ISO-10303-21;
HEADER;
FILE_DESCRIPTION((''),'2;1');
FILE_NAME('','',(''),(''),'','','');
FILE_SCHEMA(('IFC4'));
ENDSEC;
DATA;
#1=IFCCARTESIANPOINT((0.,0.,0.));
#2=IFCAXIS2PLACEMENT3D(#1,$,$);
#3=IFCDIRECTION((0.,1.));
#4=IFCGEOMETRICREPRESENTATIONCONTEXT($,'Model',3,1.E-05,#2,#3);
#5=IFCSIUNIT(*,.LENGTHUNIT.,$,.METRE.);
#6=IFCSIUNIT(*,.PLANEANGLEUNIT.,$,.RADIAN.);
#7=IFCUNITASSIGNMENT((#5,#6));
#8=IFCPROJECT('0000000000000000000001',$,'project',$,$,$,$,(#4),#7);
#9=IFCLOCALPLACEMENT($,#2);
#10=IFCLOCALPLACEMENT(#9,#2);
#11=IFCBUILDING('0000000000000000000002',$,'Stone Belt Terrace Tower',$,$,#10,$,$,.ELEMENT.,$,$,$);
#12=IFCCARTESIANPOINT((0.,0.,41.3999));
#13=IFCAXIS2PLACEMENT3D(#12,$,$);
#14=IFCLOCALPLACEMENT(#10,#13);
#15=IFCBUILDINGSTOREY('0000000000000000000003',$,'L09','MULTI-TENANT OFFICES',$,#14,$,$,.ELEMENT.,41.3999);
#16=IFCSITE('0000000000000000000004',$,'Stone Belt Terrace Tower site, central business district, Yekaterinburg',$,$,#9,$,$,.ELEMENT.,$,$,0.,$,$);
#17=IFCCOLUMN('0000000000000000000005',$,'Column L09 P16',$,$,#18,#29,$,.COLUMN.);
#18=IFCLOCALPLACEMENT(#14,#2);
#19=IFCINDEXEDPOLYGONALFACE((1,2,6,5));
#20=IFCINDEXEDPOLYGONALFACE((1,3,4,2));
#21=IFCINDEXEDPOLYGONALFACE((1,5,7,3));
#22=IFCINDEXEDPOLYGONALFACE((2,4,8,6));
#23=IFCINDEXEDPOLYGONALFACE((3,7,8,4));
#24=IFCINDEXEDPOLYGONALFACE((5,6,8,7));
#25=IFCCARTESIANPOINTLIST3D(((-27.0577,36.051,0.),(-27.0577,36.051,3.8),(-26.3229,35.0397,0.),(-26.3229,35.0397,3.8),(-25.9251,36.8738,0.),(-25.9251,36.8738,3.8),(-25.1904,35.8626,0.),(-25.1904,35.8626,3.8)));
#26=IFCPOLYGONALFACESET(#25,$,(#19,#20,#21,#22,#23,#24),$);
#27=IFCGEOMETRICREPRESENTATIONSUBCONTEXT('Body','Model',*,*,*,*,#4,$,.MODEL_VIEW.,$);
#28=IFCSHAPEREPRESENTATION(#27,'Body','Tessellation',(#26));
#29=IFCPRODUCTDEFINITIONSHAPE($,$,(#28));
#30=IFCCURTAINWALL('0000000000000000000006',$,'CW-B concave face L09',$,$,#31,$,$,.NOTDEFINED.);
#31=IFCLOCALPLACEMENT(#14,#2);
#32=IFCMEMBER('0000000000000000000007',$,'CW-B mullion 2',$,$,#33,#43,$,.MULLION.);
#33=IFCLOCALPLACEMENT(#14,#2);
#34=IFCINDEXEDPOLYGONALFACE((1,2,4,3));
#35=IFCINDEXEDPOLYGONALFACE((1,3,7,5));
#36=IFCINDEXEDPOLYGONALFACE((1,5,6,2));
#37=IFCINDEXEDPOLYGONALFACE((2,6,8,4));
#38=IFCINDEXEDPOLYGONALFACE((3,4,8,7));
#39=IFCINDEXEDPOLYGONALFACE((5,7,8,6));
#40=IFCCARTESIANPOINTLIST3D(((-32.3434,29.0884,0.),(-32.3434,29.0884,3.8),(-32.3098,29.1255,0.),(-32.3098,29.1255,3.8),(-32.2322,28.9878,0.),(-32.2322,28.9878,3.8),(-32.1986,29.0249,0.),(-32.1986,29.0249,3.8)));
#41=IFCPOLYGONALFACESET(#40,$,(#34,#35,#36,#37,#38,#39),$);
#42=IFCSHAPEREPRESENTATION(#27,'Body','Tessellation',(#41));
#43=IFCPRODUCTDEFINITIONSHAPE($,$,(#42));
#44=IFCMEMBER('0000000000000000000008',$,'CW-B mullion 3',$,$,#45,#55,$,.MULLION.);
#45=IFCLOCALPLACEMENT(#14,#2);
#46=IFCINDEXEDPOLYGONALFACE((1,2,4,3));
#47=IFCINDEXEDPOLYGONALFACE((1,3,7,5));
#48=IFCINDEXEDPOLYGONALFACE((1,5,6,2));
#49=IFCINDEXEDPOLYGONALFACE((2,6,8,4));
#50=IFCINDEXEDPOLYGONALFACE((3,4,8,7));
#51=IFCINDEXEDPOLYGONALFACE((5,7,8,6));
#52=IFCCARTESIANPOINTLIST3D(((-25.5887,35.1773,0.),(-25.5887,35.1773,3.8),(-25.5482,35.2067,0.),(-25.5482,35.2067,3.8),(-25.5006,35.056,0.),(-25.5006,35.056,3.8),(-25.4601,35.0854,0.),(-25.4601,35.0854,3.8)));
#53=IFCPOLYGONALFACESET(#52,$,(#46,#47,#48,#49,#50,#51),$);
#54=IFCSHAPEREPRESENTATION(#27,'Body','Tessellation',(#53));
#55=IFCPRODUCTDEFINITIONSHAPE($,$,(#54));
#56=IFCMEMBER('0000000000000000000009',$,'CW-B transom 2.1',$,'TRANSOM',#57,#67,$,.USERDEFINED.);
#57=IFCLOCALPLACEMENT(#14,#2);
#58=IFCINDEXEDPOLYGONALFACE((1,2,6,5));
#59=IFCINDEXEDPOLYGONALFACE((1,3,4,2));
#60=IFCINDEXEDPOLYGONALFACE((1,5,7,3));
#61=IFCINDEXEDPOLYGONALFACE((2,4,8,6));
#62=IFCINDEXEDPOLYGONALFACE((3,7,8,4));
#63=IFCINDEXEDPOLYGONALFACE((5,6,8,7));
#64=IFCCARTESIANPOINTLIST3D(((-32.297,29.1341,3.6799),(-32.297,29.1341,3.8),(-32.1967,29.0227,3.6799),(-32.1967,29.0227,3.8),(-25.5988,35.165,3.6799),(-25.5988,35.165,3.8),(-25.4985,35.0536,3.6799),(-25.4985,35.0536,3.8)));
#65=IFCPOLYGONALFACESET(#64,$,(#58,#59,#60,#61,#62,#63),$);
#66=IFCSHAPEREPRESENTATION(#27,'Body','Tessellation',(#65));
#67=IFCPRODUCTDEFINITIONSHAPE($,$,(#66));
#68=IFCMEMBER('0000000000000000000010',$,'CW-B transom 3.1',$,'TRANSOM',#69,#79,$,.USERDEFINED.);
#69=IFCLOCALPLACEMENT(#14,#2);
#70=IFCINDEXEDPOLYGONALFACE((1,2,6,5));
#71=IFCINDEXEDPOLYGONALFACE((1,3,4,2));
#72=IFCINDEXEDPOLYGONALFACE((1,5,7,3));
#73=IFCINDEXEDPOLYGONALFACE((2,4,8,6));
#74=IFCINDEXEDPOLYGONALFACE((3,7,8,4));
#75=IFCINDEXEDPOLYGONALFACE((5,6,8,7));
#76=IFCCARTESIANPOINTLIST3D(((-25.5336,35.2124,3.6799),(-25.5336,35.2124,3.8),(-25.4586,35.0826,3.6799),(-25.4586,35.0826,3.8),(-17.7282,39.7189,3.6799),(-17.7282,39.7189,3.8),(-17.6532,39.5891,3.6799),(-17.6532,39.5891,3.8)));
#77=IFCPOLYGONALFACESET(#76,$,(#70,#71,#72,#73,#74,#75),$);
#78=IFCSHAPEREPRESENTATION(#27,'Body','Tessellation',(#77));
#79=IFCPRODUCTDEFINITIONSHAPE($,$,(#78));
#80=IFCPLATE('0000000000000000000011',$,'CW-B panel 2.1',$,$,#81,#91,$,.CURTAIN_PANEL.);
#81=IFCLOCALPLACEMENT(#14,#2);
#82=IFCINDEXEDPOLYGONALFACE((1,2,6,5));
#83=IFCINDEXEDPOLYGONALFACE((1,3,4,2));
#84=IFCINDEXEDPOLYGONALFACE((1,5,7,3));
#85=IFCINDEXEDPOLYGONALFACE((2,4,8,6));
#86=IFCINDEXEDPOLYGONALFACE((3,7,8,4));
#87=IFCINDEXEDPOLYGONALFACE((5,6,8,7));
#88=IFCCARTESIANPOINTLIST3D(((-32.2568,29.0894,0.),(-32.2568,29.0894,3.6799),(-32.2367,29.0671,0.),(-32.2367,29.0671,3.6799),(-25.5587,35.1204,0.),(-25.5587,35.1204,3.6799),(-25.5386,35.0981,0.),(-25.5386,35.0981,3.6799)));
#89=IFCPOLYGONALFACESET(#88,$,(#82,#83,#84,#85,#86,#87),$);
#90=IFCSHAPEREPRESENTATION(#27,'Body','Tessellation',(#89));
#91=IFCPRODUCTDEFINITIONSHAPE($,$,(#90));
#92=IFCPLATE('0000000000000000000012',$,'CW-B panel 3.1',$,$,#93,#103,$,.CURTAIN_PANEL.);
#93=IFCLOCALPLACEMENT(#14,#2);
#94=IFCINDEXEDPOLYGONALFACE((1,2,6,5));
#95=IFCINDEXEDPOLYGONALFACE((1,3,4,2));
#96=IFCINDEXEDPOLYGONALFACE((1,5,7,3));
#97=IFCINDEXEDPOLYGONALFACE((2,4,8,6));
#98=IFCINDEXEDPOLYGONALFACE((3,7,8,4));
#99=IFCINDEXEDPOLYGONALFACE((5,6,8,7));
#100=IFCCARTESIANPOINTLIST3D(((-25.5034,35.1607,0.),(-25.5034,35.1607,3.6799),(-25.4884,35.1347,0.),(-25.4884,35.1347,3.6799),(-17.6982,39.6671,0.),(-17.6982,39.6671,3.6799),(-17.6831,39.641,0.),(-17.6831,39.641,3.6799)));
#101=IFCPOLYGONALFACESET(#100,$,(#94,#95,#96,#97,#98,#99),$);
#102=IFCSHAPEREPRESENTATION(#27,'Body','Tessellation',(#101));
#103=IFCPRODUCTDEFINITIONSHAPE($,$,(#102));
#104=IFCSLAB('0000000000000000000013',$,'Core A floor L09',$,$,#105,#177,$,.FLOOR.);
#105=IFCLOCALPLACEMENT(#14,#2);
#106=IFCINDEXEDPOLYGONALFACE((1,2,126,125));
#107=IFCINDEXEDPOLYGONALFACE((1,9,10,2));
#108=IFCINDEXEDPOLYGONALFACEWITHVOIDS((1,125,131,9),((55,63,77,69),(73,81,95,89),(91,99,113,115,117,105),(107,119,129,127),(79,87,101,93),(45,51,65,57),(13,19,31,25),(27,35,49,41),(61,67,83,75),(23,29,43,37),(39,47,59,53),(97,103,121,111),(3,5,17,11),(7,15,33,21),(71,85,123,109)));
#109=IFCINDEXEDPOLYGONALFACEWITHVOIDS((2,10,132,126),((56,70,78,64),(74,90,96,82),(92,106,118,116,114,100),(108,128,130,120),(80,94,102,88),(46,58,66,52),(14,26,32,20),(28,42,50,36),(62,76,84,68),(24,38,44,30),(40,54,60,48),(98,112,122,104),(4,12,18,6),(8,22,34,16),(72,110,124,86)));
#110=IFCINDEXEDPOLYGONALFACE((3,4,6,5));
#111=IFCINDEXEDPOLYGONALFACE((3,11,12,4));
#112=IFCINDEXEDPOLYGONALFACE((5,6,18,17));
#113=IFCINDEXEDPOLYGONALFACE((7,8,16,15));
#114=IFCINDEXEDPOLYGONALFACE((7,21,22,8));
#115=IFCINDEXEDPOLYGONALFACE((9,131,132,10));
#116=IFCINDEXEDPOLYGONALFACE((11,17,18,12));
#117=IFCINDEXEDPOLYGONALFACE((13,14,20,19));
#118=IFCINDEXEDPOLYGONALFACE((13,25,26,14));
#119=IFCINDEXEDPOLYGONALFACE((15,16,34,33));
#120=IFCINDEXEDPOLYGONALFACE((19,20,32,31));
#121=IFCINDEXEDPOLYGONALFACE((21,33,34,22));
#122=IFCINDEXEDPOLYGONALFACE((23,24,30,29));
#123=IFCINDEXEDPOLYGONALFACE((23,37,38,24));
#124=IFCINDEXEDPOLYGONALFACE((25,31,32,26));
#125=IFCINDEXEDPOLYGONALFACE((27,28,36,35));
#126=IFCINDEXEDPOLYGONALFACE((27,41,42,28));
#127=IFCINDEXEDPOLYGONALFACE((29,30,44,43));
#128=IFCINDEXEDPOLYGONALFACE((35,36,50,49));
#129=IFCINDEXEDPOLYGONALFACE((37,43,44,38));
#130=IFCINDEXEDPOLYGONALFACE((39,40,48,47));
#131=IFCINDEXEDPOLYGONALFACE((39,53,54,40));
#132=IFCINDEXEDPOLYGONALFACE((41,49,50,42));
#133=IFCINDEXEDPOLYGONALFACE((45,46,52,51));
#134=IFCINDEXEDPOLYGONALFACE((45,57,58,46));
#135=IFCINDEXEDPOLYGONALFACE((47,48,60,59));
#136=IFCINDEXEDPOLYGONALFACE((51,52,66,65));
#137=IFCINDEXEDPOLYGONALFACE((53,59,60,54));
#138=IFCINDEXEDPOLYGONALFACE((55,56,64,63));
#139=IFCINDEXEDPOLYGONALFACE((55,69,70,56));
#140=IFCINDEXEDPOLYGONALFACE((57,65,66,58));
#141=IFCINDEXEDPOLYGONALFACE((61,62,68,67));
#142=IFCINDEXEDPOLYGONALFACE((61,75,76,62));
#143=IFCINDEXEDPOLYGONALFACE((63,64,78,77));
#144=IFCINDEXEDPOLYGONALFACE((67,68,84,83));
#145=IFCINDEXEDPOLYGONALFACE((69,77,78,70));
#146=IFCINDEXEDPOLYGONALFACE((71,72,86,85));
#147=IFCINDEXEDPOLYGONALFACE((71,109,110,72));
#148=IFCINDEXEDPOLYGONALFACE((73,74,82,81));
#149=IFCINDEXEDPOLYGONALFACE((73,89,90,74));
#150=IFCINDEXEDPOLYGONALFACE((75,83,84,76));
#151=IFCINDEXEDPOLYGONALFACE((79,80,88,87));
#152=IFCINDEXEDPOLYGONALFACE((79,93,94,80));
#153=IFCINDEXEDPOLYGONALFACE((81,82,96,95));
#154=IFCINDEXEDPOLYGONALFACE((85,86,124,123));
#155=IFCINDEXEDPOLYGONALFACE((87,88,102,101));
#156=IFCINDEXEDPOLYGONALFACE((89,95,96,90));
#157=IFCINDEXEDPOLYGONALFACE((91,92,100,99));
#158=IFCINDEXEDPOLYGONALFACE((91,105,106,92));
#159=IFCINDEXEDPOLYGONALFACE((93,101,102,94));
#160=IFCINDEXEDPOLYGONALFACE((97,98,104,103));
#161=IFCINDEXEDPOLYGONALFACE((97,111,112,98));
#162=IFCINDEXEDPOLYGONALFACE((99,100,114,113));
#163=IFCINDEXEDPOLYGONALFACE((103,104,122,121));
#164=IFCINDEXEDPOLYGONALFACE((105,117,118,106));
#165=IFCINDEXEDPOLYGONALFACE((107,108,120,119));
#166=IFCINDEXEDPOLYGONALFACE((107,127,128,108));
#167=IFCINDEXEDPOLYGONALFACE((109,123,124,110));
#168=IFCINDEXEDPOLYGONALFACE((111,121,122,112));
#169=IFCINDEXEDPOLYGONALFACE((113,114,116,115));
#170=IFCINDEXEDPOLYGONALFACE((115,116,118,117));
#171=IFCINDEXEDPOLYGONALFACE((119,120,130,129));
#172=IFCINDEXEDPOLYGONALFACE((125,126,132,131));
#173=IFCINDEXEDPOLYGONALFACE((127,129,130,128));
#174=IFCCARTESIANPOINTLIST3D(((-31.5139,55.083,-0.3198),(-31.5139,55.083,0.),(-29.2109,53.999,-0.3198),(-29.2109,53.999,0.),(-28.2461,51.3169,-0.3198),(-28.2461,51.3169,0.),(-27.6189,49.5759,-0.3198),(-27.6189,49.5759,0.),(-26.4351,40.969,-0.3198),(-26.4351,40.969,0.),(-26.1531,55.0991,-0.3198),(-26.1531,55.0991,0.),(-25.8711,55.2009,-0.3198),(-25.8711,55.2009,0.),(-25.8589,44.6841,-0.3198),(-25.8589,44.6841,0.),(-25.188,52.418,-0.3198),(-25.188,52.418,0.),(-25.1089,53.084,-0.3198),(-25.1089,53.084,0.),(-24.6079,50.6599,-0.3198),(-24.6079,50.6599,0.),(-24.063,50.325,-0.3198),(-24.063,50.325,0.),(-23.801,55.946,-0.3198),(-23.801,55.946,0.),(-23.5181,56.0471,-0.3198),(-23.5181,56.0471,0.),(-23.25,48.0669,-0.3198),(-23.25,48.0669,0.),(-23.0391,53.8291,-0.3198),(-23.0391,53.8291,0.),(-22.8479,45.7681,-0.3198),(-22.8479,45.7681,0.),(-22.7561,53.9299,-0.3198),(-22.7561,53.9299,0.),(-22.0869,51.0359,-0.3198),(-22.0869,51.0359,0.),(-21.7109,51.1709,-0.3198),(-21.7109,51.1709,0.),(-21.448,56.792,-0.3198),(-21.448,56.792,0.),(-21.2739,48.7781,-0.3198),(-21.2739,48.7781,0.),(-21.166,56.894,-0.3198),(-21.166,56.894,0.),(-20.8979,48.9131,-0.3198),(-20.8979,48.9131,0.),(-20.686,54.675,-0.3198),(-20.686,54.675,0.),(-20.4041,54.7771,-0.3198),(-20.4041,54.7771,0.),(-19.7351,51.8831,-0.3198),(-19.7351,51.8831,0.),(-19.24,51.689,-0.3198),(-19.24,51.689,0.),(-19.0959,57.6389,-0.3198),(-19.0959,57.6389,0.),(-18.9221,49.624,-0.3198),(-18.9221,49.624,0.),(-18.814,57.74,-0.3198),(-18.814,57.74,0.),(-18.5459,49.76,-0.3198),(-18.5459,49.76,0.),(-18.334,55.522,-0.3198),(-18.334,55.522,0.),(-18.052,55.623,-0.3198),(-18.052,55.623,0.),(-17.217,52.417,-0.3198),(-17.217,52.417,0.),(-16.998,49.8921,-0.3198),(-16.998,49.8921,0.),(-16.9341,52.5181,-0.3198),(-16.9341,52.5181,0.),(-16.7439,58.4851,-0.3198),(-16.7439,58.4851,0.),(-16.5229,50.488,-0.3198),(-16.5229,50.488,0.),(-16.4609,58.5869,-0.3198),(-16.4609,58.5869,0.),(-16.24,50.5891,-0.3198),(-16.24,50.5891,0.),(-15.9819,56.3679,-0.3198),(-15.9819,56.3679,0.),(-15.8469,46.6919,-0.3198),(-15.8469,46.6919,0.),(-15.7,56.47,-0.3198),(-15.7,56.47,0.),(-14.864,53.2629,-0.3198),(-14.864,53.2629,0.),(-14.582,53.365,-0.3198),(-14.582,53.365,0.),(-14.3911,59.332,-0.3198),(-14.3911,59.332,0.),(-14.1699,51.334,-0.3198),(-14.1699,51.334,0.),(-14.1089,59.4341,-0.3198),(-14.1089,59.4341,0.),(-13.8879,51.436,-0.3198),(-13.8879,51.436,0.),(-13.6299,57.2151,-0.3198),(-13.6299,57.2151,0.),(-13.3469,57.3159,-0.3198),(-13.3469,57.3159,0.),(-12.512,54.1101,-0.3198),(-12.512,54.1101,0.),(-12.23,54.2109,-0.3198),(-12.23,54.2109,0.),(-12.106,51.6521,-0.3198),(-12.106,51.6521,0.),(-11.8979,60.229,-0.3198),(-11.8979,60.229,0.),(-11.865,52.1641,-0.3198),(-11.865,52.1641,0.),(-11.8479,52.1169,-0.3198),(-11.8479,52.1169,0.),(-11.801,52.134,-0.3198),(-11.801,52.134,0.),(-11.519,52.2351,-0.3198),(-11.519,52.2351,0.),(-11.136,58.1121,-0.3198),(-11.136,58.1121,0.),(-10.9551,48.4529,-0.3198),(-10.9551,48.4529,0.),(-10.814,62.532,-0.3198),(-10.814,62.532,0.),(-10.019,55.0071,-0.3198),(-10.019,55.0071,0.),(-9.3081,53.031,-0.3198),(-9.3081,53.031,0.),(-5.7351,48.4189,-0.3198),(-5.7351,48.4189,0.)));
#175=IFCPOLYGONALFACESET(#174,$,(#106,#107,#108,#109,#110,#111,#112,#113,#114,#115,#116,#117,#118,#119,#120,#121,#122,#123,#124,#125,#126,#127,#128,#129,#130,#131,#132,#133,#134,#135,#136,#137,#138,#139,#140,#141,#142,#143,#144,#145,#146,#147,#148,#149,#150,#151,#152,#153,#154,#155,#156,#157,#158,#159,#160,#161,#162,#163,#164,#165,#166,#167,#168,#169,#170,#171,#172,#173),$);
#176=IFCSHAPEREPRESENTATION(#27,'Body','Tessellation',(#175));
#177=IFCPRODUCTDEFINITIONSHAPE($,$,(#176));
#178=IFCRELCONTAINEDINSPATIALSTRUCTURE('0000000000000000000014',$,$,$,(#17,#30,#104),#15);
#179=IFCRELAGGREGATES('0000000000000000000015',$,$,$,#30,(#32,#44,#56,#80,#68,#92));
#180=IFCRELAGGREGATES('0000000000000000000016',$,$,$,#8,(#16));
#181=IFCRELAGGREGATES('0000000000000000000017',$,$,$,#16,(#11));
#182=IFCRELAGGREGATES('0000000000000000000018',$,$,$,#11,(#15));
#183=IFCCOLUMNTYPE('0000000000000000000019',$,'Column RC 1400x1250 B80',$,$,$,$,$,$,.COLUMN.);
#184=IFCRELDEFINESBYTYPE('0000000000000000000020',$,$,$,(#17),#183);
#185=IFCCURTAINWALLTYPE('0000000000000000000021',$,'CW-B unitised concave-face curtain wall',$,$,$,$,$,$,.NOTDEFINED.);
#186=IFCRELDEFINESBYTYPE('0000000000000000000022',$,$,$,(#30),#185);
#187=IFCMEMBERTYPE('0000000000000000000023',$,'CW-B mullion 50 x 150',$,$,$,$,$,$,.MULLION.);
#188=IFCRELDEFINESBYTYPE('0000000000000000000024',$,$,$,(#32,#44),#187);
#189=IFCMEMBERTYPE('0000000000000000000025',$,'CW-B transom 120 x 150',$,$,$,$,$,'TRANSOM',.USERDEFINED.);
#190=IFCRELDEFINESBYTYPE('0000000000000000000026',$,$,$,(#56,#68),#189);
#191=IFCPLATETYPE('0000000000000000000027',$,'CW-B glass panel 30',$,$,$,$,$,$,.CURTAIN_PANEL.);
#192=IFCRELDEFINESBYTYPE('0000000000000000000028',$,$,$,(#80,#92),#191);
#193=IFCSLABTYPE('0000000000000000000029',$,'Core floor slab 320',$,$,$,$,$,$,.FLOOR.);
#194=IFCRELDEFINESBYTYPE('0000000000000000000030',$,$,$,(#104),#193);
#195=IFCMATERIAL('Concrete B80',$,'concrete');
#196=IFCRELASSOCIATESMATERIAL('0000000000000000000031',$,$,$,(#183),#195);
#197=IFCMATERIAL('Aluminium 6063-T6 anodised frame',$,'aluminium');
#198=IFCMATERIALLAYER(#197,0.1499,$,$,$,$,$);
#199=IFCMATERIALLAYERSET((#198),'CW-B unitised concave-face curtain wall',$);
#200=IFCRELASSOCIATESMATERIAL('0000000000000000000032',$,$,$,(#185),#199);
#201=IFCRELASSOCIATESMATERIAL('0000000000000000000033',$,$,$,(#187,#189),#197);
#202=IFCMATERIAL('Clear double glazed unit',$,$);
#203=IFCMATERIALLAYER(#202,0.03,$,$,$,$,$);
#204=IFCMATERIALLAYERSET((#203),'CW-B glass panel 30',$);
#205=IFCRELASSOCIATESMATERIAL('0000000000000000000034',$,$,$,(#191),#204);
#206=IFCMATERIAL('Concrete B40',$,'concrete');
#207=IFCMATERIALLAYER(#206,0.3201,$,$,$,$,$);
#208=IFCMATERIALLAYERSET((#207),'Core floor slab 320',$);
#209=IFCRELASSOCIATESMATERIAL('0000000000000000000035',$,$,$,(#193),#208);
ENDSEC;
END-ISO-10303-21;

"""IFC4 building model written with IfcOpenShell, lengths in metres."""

from ifc_helpers import new_model, si_unit, direction, frame, origin, origin_2d, place, context, subcontext, project, spatial, polyline, rectangle, outline, extrude, material, layer, layer_set, material_profile, profile_set, type_object, element, aggregate, save


model = new_model("IFC4")

# Units and contexts
model_context = context("Model", 3, precision=1e-05, world=origin(), true_north=direction((0.0, 1.0)))
body_context = subcontext(model_context, "Body", "Model", "MODEL_VIEW")
ifc_project = project(units=[si_unit("LENGTHUNIT", "METRE"), si_unit("PLANEANGLEUNIT", "RADIAN")], contexts=[model_context])

# Site, building, storey
site_placement = place(None, origin())
site = spatial("IfcSite", under=ifc_project, at=site_placement, Name="Stone Belt Terrace Tower site, central business district, Yekaterinburg", CompositionType="ELEMENT", RefElevation=0.0)
building_placement = place(site_placement, origin())
building = spatial("IfcBuilding", under=site, at=building_placement, Name="Stone Belt Terrace Tower", CompositionType="ELEMENT")
storey_placement = place(building_placement, frame((0.0, 0.0, 41.3999)))
storey = spatial("IfcBuildingStorey", under=building, at=storey_placement, Name="L09", Description="MULTI-TENANT OFFICES", CompositionType="ELEMENT", Elevation=41.3999)

# Column
ifc_material_1 = material(Name="Concrete B80", Category="concrete")
ifc_material_profile_1 = material_profile(ifc_material_1, rectangle(XDim=1.3999, YDim=1.25, at=origin_2d()), Name="RC 1400x1250")
ifc_profile_set_1 = profile_set([ifc_material_profile_1], Name="Concrete B80")
column_type = type_object("IfcColumnType", Name="Column RC 1400x1250 B80", PredefinedType="COLUMN", material=ifc_profile_set_1)
column_placement = place(storey_placement, frame((-26.124, 35.9568, 0.0), z_axis=(0.0, 0.0, 1.0), x_axis=(0.809017, 0.587785, 0.0)))
element("IfcColumn", 1, at=column_placement, inside=storey, type_object=column_type, Name="Column L09 P16", PredefinedType="COLUMN", context=body_context, shape_type="SweptSolid", body=[
    extrude(rectangle(XDim=1.3999, YDim=1.25, at=origin_2d()), origin(), (0.0, 0.0, 1.0), 3.8),
])

# Curtain wall, members, plates
ifc_material_2 = material(Name="Aluminium 6063-T6 anodised frame", Category="aluminium")
ifc_layer_1 = layer(ifc_material_2, 0.1499)
ifc_layer_set_1 = layer_set([ifc_layer_1], Name="CW-B unitised concave-face curtain wall")
curtain_wall_type = type_object("IfcCurtainWallType", Name="CW-B unitised concave-face curtain wall", PredefinedType="NOTDEFINED", material=ifc_layer_set_1)
curtain_wall_placement = place(storey_placement, origin())
curtain_wall = element("IfcCurtainWall", 2, at=curtain_wall_placement, inside=storey, type_object=curtain_wall_type, Name="CW-B concave face L09", PredefinedType="NOTDEFINED")
ifc_material_profile_2 = material_profile(ifc_material_2, rectangle(XDim=0.1499, YDim=0.05, at=origin_2d()), Name="Aluminium 6063-T6 50x150")
ifc_profile_set_2 = profile_set([ifc_material_profile_2], Name="Aluminium 6063-T6 anodised frame")
member_type_1 = type_object("IfcMemberType", Name="CW-B mullion 50 x 150", PredefinedType="MULLION", material=ifc_profile_set_2)
member_1_placement = place(storey_placement, frame((-32.271, 29.0566, 0.0), z_axis=(0.0, 0.0, 1.0), x_axis=(-0.74133, 0.671141, 0.0)))
member_1 = element("IfcMember", 3, at=member_1_placement, type_object=member_type_1, Name="CW-B mullion 2", PredefinedType="MULLION", context=body_context, shape_type="SweptSolid", body=[
    extrude(rectangle(XDim=0.1499, YDim=0.05, at=origin_2d()), origin(), (0.0, 0.0, 1.0), 3.8),
])
member_2_placement = place(storey_placement, frame((-25.5244, 35.1313, 0.0), z_axis=(0.0, 0.0, 1.0), x_axis=(-0.587785, 0.809017, 0.0)))
member_2 = element("IfcMember", 4, at=member_2_placement, type_object=member_type_1, Name="CW-B mullion 3", PredefinedType="MULLION", context=body_context, shape_type="SweptSolid", body=[
    extrude(rectangle(XDim=0.1499, YDim=0.05, at=origin_2d()), origin(), (0.0, 0.0, 1.0), 3.8),
])
ifc_material_profile_3 = material_profile(ifc_material_2, rectangle(XDim=0.1499, YDim=0.1201, at=origin_2d()), Name="Aluminium 6063-T6 150x120")
ifc_profile_set_3 = profile_set([ifc_material_profile_3], Name="Aluminium 6063-T6 anodised frame")
member_type_2 = type_object("IfcMemberType", Name="CW-B transom 120 x 150", ElementType="TRANSOM", PredefinedType="USERDEFINED", material=ifc_profile_set_3)
member_3_placement = place(storey_placement, frame((-32.2468, 29.0784, 3.74), z_axis=(0.743151, 0.669123, 0.0), x_axis=(-0.669123, 0.743151, 0.0)))
member_3 = element("IfcMember", 5, at=member_3_placement, type_object=member_type_2, Name="CW-B transom 2.1", ObjectType="TRANSOM", PredefinedType="USERDEFINED", context=body_context, shape_type="SweptSolid", body=[
    extrude(rectangle(XDim=0.1499, YDim=0.1201, at=origin_2d()), origin(), (0.0, 0.0, 1.0), 9.0132),
])
member_4_placement = place(storey_placement, frame((-25.4961, 35.1475, 3.74), z_axis=(0.866019, 0.500011, 0.0), x_axis=(-0.500011, 0.866019, 0.0)))
member_4 = element("IfcMember", 6, at=member_4_placement, type_object=member_type_2, Name="CW-B transom 3.1", ObjectType="TRANSOM", PredefinedType="USERDEFINED", context=body_context, shape_type="SweptSolid", body=[
    extrude(rectangle(XDim=0.1499, YDim=0.1201, at=origin_2d()), origin(), (0.0, 0.0, 1.0), 9.0129),
])
ifc_material_3 = material(Name="Clear double glazed unit")
ifc_layer_2 = layer(ifc_material_3, 0.03)
ifc_layer_set_2 = layer_set([ifc_layer_2], Name="CW-B glass panel 30")
plate_type = type_object("IfcPlateType", Name="CW-B glass panel 30", PredefinedType="CURTAIN_PANEL", material=ifc_layer_set_2)
plate_1_placement = place(storey_placement, frame((-28.8977, 32.0938, 0.0), z_axis=(0.0, 0.0, 1.0), x_axis=(0.743145, 0.669131, 0.0)))
plate_1 = element("IfcPlate", 7, at=plate_1_placement, type_object=plate_type, Name="CW-B panel 2.1", PredefinedType="CURTAIN_PANEL", context=body_context, shape_type="SweptSolid", body=[
    extrude(rectangle(XDim=9.0132, YDim=0.03, at=origin_2d()), origin(), (0.0, 0.0, 1.0), 3.6799),
])
plate_2_placement = place(storey_placement, frame((-21.5933, 37.4009, 0.0), z_axis=(0.0, 0.0, 1.0), x_axis=(0.866025, 0.5, 0.0)))
plate_2 = element("IfcPlate", 8, at=plate_2_placement, type_object=plate_type, Name="CW-B panel 3.1", PredefinedType="CURTAIN_PANEL", context=body_context, shape_type="SweptSolid", body=[
    extrude(rectangle(XDim=9.0127, YDim=0.03, at=origin_2d()), origin(), (0.0, 0.0, 1.0), 3.6799),
])
aggregate(curtain_wall, [member_1, member_2, member_3, plate_1, member_4, plate_2])

# Slab
ifc_material_4 = material(Name="Concrete B40", Category="concrete")
ifc_layer_3 = layer(ifc_material_4, 0.3201)
ifc_layer_set_3 = layer_set([ifc_layer_3], Name="Core floor slab 320")
slab_type_1 = type_object("IfcSlabType", Name="Core floor slab 320", PredefinedType="FLOOR", material=ifc_layer_set_3)
slab_1_placement = place(storey_placement, frame((0.0, 0.0, -0.3198)))
element("IfcSlab", 9, at=slab_1_placement, inside=storey, type_object=slab_type_1, Name="Core A floor L09", PredefinedType="FLOOR", context=body_context, shape_type="SweptSolid", body=[
    extrude(outline(polyline([(-26.4351, 40.969), (-5.7351, 48.4189), (-10.814, 62.532), (-31.5139, 55.083), (-26.4351, 40.969)]), holes=[polyline([(-24.6079, 50.6599), (-22.8479, 45.7681), (-25.8589, 44.6841), (-27.6189, 49.5759), (-24.6079, 50.6599)]), polyline([(-21.2739, 48.7781), (-23.25, 48.0669), (-24.063, 50.325), (-22.0869, 51.0359), (-21.2739, 48.7781)]), polyline([(-18.9221, 49.624), (-20.8979, 48.9131), (-21.7109, 51.1709), (-19.7351, 51.8831), (-18.9221, 49.624)]), polyline([(-19.24, 51.689), (-17.217, 52.417), (-16.5229, 50.488), (-18.5459, 49.76), (-19.24, 51.689)]), polyline([(-29.2109, 53.999), (-26.1531, 55.0991), (-25.188, 52.418), (-28.2461, 51.3169), (-29.2109, 53.999)]), polyline([(-23.801, 55.946), (-23.0391, 53.8291), (-25.1089, 53.084), (-25.8711, 55.2009), (-23.801, 55.946)]), polyline([(-21.448, 56.792), (-20.686, 54.675), (-22.7561, 53.9299), (-23.5181, 56.0471), (-21.448, 56.792)]), polyline([(-19.0959, 57.6389), (-18.334, 55.522), (-20.4041, 54.7771), (-21.166, 56.894), (-19.0959, 57.6389)]), polyline([(-15.8469, 46.6919), (-16.998, 49.8921), (-12.106, 51.6521), (-10.9551, 48.4529), (-15.8469, 46.6919)]), polyline([(-16.24, 50.5891), (-16.9341, 52.5181), (-14.864, 53.2629), (-14.1699, 51.334), (-16.24, 50.5891)]), polyline([(-11.801, 52.134), (-11.8479, 52.1169), (-11.865, 52.1641), (-13.8879, 51.436), (-14.582, 53.365), (-12.512, 54.1101), (-11.801, 52.134)]), polyline([(-9.3081, 53.031), (-11.519, 52.2351), (-12.23, 54.2109), (-10.019, 55.0071), (-9.3081, 53.031)]), polyline([(-16.7439, 58.4851), (-15.9819, 56.3679), (-18.052, 55.623), (-18.814, 57.74), (-16.7439, 58.4851)]), polyline([(-14.3911, 59.332), (-13.6299, 57.2151), (-15.7, 56.47), (-16.4609, 58.5869), (-14.3911, 59.332)]), polyline([(-11.8979, 60.229), (-11.136, 58.1121), (-13.3469, 57.3159), (-14.1089, 59.4341), (-11.8979, 60.229)])]), origin(), (0.0, 0.0, 1.0), 0.3198),
])

save(model, "model.ifc")
